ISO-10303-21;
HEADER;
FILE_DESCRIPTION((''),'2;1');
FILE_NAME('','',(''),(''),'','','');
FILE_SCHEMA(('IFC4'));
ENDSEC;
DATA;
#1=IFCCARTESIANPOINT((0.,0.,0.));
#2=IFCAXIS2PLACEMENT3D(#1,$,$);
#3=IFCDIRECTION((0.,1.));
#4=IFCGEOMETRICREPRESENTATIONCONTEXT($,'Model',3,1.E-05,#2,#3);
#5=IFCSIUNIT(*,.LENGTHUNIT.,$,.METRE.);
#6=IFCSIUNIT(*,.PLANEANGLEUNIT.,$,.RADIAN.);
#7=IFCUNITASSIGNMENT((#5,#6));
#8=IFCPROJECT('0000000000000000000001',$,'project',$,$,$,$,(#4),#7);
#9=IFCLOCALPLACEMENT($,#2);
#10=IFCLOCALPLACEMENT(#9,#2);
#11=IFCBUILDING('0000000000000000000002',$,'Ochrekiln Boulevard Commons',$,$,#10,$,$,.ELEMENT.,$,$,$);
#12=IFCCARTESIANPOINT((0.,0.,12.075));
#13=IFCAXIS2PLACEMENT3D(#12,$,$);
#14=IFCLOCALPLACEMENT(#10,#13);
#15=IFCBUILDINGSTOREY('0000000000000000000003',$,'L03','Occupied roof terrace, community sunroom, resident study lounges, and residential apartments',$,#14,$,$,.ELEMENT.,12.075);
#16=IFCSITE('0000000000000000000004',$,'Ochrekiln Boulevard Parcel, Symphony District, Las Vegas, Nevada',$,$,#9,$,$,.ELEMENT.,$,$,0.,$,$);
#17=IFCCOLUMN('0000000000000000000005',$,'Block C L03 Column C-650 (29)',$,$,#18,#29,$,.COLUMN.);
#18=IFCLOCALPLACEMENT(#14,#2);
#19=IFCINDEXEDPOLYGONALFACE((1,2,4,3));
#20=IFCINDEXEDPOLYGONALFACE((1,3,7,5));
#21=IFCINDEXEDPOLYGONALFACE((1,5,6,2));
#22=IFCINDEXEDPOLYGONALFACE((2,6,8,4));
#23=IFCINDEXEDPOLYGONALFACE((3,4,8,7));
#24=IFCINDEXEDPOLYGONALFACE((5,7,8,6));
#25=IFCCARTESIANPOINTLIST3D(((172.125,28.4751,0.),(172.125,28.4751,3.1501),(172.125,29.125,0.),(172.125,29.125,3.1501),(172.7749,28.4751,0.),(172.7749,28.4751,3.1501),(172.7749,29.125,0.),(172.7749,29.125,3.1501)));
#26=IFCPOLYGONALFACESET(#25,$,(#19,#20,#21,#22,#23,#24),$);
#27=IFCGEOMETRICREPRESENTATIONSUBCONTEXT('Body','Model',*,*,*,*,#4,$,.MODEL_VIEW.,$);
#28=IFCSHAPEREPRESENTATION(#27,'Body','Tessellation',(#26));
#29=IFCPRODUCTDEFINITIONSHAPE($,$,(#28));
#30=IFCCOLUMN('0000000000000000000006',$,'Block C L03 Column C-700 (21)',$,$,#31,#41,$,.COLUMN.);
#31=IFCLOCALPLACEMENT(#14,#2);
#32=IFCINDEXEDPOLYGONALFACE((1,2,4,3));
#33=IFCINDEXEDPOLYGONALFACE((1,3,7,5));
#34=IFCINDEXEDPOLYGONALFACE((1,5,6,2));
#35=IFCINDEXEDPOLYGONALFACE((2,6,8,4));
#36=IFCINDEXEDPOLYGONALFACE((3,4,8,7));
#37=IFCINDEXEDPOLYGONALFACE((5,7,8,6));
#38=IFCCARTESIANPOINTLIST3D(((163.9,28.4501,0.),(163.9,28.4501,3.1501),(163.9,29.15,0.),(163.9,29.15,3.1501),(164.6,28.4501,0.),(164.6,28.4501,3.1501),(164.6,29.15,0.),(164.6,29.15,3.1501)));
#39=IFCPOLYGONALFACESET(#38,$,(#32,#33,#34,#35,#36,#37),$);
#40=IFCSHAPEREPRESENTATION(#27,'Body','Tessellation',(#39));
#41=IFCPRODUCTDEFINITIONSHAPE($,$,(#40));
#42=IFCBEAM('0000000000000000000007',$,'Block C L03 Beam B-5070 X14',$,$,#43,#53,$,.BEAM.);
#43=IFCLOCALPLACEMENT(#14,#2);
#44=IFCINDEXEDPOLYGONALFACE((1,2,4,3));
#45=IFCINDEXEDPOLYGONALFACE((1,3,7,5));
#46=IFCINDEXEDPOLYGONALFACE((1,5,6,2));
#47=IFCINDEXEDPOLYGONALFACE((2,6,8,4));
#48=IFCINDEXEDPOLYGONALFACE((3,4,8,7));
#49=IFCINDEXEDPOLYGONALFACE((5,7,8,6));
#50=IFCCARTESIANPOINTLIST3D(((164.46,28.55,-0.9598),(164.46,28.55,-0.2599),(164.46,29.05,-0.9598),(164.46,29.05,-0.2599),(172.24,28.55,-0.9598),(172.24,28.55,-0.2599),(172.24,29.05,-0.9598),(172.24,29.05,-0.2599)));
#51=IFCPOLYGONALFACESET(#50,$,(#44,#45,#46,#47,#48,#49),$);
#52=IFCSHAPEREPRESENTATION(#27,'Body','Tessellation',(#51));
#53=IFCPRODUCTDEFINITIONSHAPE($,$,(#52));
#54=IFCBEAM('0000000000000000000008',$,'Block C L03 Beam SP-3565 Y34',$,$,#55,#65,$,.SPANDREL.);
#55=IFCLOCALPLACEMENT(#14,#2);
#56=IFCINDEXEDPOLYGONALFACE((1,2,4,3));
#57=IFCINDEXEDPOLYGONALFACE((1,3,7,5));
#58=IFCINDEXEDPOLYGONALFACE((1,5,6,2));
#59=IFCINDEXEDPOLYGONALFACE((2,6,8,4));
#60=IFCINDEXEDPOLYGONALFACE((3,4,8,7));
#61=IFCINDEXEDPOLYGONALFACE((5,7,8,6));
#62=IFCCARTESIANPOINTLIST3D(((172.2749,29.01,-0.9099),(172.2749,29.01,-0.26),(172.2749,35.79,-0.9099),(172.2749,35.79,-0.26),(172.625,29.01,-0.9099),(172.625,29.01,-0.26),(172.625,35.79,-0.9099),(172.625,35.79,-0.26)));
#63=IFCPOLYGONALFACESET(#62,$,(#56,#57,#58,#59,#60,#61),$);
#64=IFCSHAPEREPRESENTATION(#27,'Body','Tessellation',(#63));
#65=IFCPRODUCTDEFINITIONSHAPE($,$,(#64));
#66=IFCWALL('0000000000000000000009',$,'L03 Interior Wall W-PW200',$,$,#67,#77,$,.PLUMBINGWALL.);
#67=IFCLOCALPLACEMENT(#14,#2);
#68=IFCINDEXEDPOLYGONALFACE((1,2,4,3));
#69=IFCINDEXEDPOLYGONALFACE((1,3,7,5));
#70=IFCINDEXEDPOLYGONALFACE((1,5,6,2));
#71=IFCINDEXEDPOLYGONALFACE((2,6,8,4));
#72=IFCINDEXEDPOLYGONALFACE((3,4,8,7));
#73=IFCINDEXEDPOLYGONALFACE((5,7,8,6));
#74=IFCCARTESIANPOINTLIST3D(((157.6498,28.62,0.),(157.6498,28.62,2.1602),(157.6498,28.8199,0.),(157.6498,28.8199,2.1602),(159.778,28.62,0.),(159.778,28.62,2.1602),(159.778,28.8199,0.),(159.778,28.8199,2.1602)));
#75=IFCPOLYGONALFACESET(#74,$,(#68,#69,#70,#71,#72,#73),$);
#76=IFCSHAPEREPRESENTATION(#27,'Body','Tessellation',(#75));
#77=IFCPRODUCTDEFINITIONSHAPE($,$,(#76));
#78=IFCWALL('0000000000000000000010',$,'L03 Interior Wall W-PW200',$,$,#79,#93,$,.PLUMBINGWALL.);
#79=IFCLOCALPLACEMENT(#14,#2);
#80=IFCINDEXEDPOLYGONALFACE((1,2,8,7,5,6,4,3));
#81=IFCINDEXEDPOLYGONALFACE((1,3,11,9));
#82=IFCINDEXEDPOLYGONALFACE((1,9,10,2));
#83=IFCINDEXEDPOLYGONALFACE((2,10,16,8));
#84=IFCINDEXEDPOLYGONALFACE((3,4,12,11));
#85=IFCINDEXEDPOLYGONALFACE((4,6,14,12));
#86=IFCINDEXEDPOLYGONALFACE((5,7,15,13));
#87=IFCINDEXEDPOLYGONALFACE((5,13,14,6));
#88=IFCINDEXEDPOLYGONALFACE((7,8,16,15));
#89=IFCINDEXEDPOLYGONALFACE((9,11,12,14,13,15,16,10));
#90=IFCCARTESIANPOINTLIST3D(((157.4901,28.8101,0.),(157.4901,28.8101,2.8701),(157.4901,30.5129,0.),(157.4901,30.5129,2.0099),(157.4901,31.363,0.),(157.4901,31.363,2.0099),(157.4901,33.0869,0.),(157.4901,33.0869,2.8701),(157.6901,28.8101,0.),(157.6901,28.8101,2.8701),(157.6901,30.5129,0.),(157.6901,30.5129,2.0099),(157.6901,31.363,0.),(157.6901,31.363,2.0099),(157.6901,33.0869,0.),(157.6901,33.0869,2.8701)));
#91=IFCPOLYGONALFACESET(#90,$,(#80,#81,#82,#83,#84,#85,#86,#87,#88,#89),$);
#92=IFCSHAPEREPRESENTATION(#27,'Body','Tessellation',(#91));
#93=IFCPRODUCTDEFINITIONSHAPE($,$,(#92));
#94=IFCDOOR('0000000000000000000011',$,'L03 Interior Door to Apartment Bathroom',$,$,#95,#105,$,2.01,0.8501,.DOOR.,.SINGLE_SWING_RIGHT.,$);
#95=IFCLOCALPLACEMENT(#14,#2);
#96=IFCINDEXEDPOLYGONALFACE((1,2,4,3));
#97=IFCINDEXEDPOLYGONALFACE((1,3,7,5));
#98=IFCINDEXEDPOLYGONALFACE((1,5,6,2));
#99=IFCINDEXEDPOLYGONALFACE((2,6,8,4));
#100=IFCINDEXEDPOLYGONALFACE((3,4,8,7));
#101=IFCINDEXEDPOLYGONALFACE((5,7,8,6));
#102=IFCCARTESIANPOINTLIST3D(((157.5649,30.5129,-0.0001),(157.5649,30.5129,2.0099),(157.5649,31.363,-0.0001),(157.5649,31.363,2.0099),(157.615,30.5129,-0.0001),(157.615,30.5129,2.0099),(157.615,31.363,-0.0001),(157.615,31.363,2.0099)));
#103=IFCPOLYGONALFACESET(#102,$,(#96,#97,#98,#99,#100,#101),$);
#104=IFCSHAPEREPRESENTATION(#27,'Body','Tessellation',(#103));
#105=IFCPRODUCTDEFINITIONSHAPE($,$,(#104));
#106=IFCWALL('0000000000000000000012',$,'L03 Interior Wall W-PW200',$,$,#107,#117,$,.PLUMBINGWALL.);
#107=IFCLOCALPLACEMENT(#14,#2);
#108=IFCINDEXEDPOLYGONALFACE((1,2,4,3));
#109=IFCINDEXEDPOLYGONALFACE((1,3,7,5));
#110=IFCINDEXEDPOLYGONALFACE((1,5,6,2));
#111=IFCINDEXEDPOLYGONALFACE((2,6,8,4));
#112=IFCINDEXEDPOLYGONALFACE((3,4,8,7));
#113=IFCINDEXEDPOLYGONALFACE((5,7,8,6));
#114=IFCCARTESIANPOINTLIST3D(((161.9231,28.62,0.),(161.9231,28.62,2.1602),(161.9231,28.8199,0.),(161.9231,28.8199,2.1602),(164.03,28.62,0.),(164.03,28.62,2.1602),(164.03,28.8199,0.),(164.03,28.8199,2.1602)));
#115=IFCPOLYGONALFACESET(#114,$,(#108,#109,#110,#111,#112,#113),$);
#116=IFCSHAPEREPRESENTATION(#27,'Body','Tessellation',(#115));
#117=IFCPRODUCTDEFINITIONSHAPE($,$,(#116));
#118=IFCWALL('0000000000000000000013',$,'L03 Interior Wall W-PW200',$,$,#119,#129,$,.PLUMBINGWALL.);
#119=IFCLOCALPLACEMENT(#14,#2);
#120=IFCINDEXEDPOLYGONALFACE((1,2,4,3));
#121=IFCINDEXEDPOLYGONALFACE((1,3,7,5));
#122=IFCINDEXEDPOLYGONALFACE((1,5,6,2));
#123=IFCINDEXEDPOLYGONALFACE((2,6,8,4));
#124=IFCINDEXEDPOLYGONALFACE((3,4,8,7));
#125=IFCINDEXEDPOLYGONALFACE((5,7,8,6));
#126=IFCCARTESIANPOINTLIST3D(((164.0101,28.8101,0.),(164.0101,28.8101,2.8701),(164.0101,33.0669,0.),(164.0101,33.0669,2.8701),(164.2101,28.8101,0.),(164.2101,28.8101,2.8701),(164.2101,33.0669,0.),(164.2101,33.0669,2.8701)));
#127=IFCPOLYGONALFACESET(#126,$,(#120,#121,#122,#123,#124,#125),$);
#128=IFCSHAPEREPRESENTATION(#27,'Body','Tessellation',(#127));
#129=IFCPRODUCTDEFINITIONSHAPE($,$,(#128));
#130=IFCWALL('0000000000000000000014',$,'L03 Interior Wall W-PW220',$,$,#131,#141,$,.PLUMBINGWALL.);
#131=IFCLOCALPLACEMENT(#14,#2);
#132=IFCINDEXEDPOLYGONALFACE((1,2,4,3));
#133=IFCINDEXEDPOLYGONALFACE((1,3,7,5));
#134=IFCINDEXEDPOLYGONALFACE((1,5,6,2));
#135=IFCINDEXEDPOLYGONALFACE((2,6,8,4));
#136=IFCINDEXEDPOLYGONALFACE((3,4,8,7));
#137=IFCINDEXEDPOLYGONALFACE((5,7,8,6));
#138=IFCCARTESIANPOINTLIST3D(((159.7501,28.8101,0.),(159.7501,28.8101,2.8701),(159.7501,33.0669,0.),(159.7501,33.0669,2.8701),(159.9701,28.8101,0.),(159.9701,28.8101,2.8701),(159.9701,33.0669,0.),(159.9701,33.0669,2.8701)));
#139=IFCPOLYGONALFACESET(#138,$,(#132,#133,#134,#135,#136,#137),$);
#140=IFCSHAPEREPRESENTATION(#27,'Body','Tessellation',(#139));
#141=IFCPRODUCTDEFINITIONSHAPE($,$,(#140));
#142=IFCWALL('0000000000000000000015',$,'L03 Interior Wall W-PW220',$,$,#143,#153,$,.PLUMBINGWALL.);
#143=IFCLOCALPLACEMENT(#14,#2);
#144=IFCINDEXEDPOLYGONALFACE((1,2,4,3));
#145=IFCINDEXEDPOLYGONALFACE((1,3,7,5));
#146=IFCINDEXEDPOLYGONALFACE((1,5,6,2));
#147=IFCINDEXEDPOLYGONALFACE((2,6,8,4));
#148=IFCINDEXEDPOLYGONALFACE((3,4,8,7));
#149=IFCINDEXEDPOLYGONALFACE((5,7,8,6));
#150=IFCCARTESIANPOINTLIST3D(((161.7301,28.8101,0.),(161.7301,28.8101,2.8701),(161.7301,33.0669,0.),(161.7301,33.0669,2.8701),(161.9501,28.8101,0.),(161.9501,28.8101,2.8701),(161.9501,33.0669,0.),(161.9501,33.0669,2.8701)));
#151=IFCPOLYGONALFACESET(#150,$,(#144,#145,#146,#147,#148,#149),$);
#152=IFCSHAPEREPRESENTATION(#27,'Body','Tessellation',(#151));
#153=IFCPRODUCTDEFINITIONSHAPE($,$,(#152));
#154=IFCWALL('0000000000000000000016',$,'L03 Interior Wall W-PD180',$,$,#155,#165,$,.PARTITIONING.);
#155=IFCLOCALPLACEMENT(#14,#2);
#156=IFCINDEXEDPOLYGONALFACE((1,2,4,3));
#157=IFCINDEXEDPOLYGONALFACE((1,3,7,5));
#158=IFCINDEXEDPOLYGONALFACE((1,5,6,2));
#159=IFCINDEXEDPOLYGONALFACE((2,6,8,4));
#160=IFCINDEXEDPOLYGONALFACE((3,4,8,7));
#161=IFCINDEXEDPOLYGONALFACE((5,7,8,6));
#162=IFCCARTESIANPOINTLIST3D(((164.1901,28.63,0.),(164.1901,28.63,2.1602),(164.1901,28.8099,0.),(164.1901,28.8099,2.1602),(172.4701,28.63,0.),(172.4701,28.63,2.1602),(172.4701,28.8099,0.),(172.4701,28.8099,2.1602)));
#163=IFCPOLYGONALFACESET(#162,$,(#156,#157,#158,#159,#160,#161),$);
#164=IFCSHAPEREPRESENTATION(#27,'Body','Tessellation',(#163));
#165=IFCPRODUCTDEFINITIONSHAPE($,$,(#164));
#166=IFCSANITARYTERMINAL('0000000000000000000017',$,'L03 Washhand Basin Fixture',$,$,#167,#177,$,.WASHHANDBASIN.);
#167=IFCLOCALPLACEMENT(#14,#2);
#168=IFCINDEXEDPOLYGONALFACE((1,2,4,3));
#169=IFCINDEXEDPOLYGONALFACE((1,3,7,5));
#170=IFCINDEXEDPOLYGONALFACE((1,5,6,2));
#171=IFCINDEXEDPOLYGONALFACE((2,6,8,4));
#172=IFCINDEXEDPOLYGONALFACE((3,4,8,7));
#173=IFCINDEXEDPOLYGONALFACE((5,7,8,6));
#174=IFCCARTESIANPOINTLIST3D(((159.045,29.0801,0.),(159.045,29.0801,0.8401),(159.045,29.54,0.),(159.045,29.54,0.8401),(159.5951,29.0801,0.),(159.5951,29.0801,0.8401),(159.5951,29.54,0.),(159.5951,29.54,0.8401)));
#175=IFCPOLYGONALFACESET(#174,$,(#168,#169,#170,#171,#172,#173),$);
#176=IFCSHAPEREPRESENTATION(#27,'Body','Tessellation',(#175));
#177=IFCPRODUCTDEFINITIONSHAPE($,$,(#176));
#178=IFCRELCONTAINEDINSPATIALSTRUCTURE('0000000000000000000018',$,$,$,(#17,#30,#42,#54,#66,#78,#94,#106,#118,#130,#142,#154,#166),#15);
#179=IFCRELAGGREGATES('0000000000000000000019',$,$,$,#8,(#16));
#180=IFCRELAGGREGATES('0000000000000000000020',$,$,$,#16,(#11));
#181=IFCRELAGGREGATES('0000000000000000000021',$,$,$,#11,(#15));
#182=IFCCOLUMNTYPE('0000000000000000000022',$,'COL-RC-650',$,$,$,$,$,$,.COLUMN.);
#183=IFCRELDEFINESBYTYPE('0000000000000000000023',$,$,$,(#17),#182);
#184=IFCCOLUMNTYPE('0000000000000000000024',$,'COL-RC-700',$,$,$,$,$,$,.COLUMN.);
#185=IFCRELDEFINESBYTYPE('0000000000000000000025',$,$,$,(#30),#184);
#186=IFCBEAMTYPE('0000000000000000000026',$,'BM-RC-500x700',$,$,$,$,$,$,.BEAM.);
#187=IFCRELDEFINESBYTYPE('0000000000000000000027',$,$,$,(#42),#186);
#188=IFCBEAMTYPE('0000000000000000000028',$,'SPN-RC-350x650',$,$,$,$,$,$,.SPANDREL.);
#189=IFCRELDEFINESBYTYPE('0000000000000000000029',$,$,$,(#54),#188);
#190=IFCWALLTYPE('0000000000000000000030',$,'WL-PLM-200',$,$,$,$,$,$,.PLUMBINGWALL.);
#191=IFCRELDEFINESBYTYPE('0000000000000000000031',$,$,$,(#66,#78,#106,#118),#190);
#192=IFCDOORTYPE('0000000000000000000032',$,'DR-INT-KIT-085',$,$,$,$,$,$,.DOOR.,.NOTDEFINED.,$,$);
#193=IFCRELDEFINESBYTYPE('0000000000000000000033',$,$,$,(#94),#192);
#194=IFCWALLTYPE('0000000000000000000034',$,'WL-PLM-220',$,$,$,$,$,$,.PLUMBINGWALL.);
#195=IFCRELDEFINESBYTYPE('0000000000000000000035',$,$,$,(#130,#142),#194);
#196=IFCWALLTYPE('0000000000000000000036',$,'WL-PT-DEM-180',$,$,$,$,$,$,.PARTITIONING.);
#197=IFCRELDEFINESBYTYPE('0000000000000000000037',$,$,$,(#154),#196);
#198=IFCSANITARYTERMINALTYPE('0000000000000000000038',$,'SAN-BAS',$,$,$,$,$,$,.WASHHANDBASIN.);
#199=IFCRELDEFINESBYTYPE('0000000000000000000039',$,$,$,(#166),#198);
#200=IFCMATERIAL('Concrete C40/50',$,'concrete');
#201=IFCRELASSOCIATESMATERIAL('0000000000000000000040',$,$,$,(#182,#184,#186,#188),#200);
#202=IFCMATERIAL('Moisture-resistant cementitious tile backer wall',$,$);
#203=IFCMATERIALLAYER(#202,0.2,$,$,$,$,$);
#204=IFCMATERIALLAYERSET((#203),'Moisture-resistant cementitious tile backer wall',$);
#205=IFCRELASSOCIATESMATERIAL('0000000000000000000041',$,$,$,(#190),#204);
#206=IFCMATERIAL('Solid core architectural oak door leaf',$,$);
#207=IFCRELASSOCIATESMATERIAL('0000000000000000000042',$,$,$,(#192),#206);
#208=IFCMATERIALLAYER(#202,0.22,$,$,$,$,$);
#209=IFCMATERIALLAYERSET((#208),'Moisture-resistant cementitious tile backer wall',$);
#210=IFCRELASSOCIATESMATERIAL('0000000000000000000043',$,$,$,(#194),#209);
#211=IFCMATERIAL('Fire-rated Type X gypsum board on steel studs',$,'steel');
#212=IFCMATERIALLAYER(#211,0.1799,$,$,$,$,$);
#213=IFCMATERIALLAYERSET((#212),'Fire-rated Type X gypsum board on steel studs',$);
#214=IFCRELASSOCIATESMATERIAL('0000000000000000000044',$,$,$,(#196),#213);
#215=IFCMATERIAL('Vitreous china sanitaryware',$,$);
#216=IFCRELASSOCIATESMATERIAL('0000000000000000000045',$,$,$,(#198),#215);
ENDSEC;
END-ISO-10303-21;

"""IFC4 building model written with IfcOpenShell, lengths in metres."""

from ifc_helpers import new_model, si_unit, direction, frame, frame_2d, origin, origin_2d, place, context, subcontext, project, spatial, rectangle, extrude, material, layer, layer_set, material_profile, profile_set, type_object, element, fill, save


model = new_model("IFC4")

# Units and contexts
model_context = context("Model", 3, precision=1e-05, world=origin(), true_north=direction((0.0, 1.0)))
body_context = subcontext(model_context, "Body", "Model", "MODEL_VIEW")
ifc_project = project(units=[si_unit("LENGTHUNIT", "METRE"), si_unit("PLANEANGLEUNIT", "RADIAN")], contexts=[model_context])

# Site, building, storey
site_placement = place(None, origin())
site = spatial("IfcSite", under=ifc_project, at=site_placement, Name="Ochrekiln Boulevard Parcel, Symphony District, Las Vegas, Nevada", CompositionType="ELEMENT", RefElevation=0.0)
building_placement = place(site_placement, origin())
building = spatial("IfcBuilding", under=site, at=building_placement, Name="Ochrekiln Boulevard Commons", CompositionType="ELEMENT")
storey_placement = place(building_placement, frame((0.0, 0.0, 12.075)))
storey = spatial("IfcBuildingStorey", under=building, at=storey_placement, Name="L03", Description="Occupied roof terrace, community sunroom, resident study lounges, and residential apartments", CompositionType="ELEMENT", Elevation=12.075)

# Columns
ifc_material_1 = material(Name="Concrete C40/50", Category="concrete")
ifc_material_profile_1 = material_profile(ifc_material_1, rectangle(XDim=0.6499, YDim=0.6499, at=origin_2d()), Name="RC-COL-650x650")
ifc_profile_set_1 = profile_set([ifc_material_profile_1], Name="Concrete C40/50")
column_type_1 = type_object("IfcColumnType", Name="COL-RC-650", PredefinedType="COLUMN", material=ifc_profile_set_1)
column_1_placement = place(storey_placement, frame((172.45, 28.8, 0.0), z_axis=(0.0, 0.0, 1.0), x_axis=(1.0, 0.0, 0.0)))
element("IfcColumn", 1, at=column_1_placement, inside=storey, type_object=column_type_1, Name="Block C L03 Column C-650 (29)", PredefinedType="COLUMN", context=body_context, shape_type="SweptSolid", body=[
    extrude(rectangle(XDim=0.6499, YDim=0.6499, at=origin_2d()), origin(), (0.0, 0.0, 1.0), 3.1501),
])
ifc_material_profile_2 = material_profile(ifc_material_1, rectangle(XDim=0.7, YDim=0.7, at=origin_2d()), Name="RC-COL-700x700")
ifc_profile_set_2 = profile_set([ifc_material_profile_2], Name="Concrete C40/50")
column_type_2 = type_object("IfcColumnType", Name="COL-RC-700", PredefinedType="COLUMN", material=ifc_profile_set_2)
column_2_placement = place(storey_placement, frame((164.25, 28.8, 0.0), z_axis=(0.0, 0.0, 1.0), x_axis=(1.0, 0.0, 0.0)))
element("IfcColumn", 2, at=column_2_placement, inside=storey, type_object=column_type_2, Name="Block C L03 Column C-700 (21)", PredefinedType="COLUMN", context=body_context, shape_type="SweptSolid", body=[
    extrude(rectangle(XDim=0.7, YDim=0.7, at=origin_2d()), origin(), (0.0, 0.0, 1.0), 3.1501),
])

# Beams
ifc_material_profile_3 = material_profile(ifc_material_1, rectangle(XDim=0.5, YDim=0.7, at=origin_2d()), Name="RC-BM-500x700")
ifc_profile_set_3 = profile_set([ifc_material_profile_3], Name="Concrete C40/50")
beam_type_1 = type_object("IfcBeamType", Name="BM-RC-500x700", PredefinedType="BEAM", material=ifc_profile_set_3)
beam_1_placement = place(storey_placement, frame((164.46, 28.8, -0.6099), z_axis=(1.0, 0.0, 0.0), x_axis=(0.0, 1.0, 0.0)))
element("IfcBeam", 3, at=beam_1_placement, inside=storey, type_object=beam_type_1, Name="Block C L03 Beam B-5070 X14", PredefinedType="BEAM", context=body_context, shape_type="SweptSolid", body=[
    extrude(rectangle(XDim=0.5, YDim=0.7, at=origin_2d()), origin(), (0.0, 0.0, 1.0), 7.78),
])
ifc_material_profile_4 = material_profile(ifc_material_1, rectangle(XDim=0.3501, YDim=0.6499, at=origin_2d()), Name="RC-SPN-350x650")
ifc_profile_set_4 = profile_set([ifc_material_profile_4], Name="Concrete C40/50")
beam_type_2 = type_object("IfcBeamType", Name="SPN-RC-350x650", PredefinedType="SPANDREL", material=ifc_profile_set_4)
beam_2_placement = place(storey_placement, frame((172.45, 29.01, -0.585), z_axis=(0.0, 1.0, 0.0), x_axis=(-1.0, 0.0, 0.0)))
element("IfcBeam", 4, at=beam_2_placement, inside=storey, type_object=beam_type_2, Name="Block C L03 Beam SP-3565 Y34", PredefinedType="SPANDREL", context=body_context, shape_type="SweptSolid", body=[
    extrude(rectangle(XDim=0.3501, YDim=0.6499, at=origin_2d()), origin(), (0.0, 0.0, 1.0), 6.78),
])

# Wall
ifc_material_2 = material(Name="Moisture-resistant cementitious tile backer wall")
ifc_layer_1 = layer(ifc_material_2, 0.2)
ifc_layer_set_1 = layer_set([ifc_layer_1], Name="Moisture-resistant cementitious tile backer wall")
wall_type_1 = type_object("IfcWallType", Name="WL-PLM-200", PredefinedType="PLUMBINGWALL", material=ifc_layer_set_1)
wall_1_placement = place(storey_placement, frame((157.6499, 28.72, 0.0), z_axis=(0.0, 0.0, 1.0), x_axis=(1.0, 0.0, 0.0)))
element("IfcWall", 5, at=wall_1_placement, inside=storey, type_object=wall_type_1, Name="L03 Interior Wall W-PW200", PredefinedType="PLUMBINGWALL", context=body_context, shape_type="SweptSolid", body=[
    extrude(rectangle(XDim=2.1282, YDim=0.2, at=frame_2d((1.064, 0.0))), origin(), (0.0, 0.0, 1.0), 2.1602),
])

# Wall, opening, door
wall_2_placement = place(storey_placement, frame((157.5901, 28.8101, 0.0), z_axis=(0.0, 0.0, 1.0), x_axis=(0.0, 1.0, 0.0)))
wall_2 = element("IfcWall", 6, at=wall_2_placement, inside=storey, type_object=wall_type_1, Name="L03 Interior Wall W-PW200", PredefinedType="PLUMBINGWALL", context=body_context, shape_type="SweptSolid", body=[
    extrude(rectangle(XDim=4.2769, YDim=0.2, at=frame_2d((2.1384, 0.0))), origin(), (0.0, 0.0, 1.0), 2.8701),
])
opening_placement = place(wall_2_placement, frame((1.7029, 0.0, 0.0)))
opening = element("IfcOpeningElement", 7, at=opening_placement, cuts=wall_2, PredefinedType="OPENING", context=body_context, shape_type="SweptSolid", body=[
    extrude(rectangle(XDim=0.8501, YDim=2.01, at=frame_2d((0.425, 1.0049))), frame((0.0, 0.1099, 0.0), z_axis=(0.0, -1.0, 0.0), x_axis=(1.0, 0.0, 0.0)), (0.0, 0.0, 1.0), 0.22),
])
ifc_material_3 = material(Name="Solid core architectural oak door leaf")
door_type = type_object("IfcDoorType", Name="DR-INT-KIT-085", OperationType="NOTDEFINED", PredefinedType="DOOR", material=ifc_material_3)
door_placement = place(opening_placement, frame((0.8501, 0.0, 0.0), z_axis=(0.0, 0.0, 1.0), x_axis=(-1.0, 0.0, 0.0)))
door = element("IfcDoor", 8, at=door_placement, inside=storey, type_object=door_type, Name="L03 Interior Door to Apartment Bathroom", OperationType="SINGLE_SWING_RIGHT", OverallHeight=2.01, OverallWidth=0.8501, PredefinedType="DOOR", context=body_context, shape_type="SweptSolid", body=[
    extrude(rectangle(XDim=0.8501, YDim=2.01, at=frame_2d((0.425, 1.0049))), frame((0.0, 0.0249, 0.0), z_axis=(0.0, -1.0, 0.0), x_axis=(1.0, 0.0, 0.0)), (0.0, 0.0, 1.0), 0.05),
])
fill(opening, door)

# Walls
wall_3_placement = place(storey_placement, frame((161.9231, 28.72, 0.0), z_axis=(0.0, 0.0, 1.0), x_axis=(1.0, 0.0, 0.0)))
element("IfcWall", 9, at=wall_3_placement, inside=storey, type_object=wall_type_1, Name="L03 Interior Wall W-PW200", PredefinedType="PLUMBINGWALL", context=body_context, shape_type="SweptSolid", body=[
    extrude(rectangle(XDim=2.1069, YDim=0.2, at=frame_2d((1.0535, 0.0))), origin(), (0.0, 0.0, 1.0), 2.1602),
])
wall_4_placement = place(storey_placement, frame((164.1101, 28.8101, 0.0), z_axis=(0.0, 0.0, 1.0), x_axis=(0.0, 1.0, 0.0)))
element("IfcWall", 10, at=wall_4_placement, inside=storey, type_object=wall_type_1, Name="L03 Interior Wall W-PW200", PredefinedType="PLUMBINGWALL", context=body_context, shape_type="SweptSolid", body=[
    extrude(rectangle(XDim=4.2568, YDim=0.2, at=frame_2d((2.1284, 0.0))), origin(), (0.0, 0.0, 1.0), 2.8701),
])
ifc_layer_2 = layer(ifc_material_2, 0.22)
ifc_layer_set_2 = layer_set([ifc_layer_2], Name="Moisture-resistant cementitious tile backer wall")
wall_type_2 = type_object("IfcWallType", Name="WL-PLM-220", PredefinedType="PLUMBINGWALL", material=ifc_layer_set_2)
for number, where, z_axis, x_axis, name in (
    (11, (159.8601, 28.8101, 0.0), (0.0, 0.0, 1.0), (0.0, 1.0, 0.0), "L03 Interior Wall W-PW220"),
    (12, (161.8401, 28.8101, 0.0), (0.0, 0.0, 1.0), (0.0, 1.0, 0.0), "L03 Interior Wall W-PW220"),
):
    element("IfcWall", number, at=place(storey_placement, frame(where, z_axis=z_axis, x_axis=x_axis)), inside=storey, type_object=wall_type_2, Name=name, PredefinedType="PLUMBINGWALL", context=body_context, shape_type="SweptSolid", body=[
        extrude(rectangle(XDim=4.2568, YDim=0.22, at=frame_2d((2.1284, 0.0))), origin(), (0.0, 0.0, 1.0), 2.8701),
    ])
ifc_material_4 = material(Name="Fire-rated Type X gypsum board on steel studs", Category="steel")
ifc_layer_3 = layer(ifc_material_4, 0.1799)
ifc_layer_set_3 = layer_set([ifc_layer_3], Name="Fire-rated Type X gypsum board on steel studs")
wall_type_3 = type_object("IfcWallType", Name="WL-PT-DEM-180", PredefinedType="PARTITIONING", material=ifc_layer_set_3)
wall_5_placement = place(storey_placement, frame((164.1899, 28.72, 0.0), z_axis=(0.0, 0.0, 1.0), x_axis=(1.0, 0.0, 0.0)))
element("IfcWall", 13, at=wall_5_placement, inside=storey, type_object=wall_type_3, Name="L03 Interior Wall W-PD180", PredefinedType="PARTITIONING", context=body_context, shape_type="SweptSolid", body=[
    extrude(rectangle(XDim=8.28, YDim=0.1799, at=frame_2d((4.1401, 0.0))), origin(), (0.0, 0.0, 1.0), 2.1602),
])

# Sanitary terminal
ifc_material_5 = material(Name="Vitreous china sanitaryware")
sanitary_terminal_type_1 = type_object("IfcSanitaryTerminalType", Name="SAN-BAS", PredefinedType="WASHHANDBASIN", material=ifc_material_5)
for number, where, z_axis, x_axis, name in (
    (14, (159.3201, 29.3101, 0.0), (0.0, 0.0, 1.0), (1.0, 0.0, 0.0), "L03 Washhand Basin Fixture"),
):
    element("IfcSanitaryTerminal", number, at=place(storey_placement, frame(where, z_axis=z_axis, x_axis=x_axis)), inside=storey, type_object=sanitary_terminal_type_1, Name=name, PredefinedType="WASHHANDBASIN", context=body_context, shape_type="SweptSolid", body=[
        extrude(rectangle(XDim=0.55, YDim=0.46, at=origin_2d()), origin(), (0.0, 0.0, 1.0), 0.8401),
    ])

save(model, "model.ifc")
